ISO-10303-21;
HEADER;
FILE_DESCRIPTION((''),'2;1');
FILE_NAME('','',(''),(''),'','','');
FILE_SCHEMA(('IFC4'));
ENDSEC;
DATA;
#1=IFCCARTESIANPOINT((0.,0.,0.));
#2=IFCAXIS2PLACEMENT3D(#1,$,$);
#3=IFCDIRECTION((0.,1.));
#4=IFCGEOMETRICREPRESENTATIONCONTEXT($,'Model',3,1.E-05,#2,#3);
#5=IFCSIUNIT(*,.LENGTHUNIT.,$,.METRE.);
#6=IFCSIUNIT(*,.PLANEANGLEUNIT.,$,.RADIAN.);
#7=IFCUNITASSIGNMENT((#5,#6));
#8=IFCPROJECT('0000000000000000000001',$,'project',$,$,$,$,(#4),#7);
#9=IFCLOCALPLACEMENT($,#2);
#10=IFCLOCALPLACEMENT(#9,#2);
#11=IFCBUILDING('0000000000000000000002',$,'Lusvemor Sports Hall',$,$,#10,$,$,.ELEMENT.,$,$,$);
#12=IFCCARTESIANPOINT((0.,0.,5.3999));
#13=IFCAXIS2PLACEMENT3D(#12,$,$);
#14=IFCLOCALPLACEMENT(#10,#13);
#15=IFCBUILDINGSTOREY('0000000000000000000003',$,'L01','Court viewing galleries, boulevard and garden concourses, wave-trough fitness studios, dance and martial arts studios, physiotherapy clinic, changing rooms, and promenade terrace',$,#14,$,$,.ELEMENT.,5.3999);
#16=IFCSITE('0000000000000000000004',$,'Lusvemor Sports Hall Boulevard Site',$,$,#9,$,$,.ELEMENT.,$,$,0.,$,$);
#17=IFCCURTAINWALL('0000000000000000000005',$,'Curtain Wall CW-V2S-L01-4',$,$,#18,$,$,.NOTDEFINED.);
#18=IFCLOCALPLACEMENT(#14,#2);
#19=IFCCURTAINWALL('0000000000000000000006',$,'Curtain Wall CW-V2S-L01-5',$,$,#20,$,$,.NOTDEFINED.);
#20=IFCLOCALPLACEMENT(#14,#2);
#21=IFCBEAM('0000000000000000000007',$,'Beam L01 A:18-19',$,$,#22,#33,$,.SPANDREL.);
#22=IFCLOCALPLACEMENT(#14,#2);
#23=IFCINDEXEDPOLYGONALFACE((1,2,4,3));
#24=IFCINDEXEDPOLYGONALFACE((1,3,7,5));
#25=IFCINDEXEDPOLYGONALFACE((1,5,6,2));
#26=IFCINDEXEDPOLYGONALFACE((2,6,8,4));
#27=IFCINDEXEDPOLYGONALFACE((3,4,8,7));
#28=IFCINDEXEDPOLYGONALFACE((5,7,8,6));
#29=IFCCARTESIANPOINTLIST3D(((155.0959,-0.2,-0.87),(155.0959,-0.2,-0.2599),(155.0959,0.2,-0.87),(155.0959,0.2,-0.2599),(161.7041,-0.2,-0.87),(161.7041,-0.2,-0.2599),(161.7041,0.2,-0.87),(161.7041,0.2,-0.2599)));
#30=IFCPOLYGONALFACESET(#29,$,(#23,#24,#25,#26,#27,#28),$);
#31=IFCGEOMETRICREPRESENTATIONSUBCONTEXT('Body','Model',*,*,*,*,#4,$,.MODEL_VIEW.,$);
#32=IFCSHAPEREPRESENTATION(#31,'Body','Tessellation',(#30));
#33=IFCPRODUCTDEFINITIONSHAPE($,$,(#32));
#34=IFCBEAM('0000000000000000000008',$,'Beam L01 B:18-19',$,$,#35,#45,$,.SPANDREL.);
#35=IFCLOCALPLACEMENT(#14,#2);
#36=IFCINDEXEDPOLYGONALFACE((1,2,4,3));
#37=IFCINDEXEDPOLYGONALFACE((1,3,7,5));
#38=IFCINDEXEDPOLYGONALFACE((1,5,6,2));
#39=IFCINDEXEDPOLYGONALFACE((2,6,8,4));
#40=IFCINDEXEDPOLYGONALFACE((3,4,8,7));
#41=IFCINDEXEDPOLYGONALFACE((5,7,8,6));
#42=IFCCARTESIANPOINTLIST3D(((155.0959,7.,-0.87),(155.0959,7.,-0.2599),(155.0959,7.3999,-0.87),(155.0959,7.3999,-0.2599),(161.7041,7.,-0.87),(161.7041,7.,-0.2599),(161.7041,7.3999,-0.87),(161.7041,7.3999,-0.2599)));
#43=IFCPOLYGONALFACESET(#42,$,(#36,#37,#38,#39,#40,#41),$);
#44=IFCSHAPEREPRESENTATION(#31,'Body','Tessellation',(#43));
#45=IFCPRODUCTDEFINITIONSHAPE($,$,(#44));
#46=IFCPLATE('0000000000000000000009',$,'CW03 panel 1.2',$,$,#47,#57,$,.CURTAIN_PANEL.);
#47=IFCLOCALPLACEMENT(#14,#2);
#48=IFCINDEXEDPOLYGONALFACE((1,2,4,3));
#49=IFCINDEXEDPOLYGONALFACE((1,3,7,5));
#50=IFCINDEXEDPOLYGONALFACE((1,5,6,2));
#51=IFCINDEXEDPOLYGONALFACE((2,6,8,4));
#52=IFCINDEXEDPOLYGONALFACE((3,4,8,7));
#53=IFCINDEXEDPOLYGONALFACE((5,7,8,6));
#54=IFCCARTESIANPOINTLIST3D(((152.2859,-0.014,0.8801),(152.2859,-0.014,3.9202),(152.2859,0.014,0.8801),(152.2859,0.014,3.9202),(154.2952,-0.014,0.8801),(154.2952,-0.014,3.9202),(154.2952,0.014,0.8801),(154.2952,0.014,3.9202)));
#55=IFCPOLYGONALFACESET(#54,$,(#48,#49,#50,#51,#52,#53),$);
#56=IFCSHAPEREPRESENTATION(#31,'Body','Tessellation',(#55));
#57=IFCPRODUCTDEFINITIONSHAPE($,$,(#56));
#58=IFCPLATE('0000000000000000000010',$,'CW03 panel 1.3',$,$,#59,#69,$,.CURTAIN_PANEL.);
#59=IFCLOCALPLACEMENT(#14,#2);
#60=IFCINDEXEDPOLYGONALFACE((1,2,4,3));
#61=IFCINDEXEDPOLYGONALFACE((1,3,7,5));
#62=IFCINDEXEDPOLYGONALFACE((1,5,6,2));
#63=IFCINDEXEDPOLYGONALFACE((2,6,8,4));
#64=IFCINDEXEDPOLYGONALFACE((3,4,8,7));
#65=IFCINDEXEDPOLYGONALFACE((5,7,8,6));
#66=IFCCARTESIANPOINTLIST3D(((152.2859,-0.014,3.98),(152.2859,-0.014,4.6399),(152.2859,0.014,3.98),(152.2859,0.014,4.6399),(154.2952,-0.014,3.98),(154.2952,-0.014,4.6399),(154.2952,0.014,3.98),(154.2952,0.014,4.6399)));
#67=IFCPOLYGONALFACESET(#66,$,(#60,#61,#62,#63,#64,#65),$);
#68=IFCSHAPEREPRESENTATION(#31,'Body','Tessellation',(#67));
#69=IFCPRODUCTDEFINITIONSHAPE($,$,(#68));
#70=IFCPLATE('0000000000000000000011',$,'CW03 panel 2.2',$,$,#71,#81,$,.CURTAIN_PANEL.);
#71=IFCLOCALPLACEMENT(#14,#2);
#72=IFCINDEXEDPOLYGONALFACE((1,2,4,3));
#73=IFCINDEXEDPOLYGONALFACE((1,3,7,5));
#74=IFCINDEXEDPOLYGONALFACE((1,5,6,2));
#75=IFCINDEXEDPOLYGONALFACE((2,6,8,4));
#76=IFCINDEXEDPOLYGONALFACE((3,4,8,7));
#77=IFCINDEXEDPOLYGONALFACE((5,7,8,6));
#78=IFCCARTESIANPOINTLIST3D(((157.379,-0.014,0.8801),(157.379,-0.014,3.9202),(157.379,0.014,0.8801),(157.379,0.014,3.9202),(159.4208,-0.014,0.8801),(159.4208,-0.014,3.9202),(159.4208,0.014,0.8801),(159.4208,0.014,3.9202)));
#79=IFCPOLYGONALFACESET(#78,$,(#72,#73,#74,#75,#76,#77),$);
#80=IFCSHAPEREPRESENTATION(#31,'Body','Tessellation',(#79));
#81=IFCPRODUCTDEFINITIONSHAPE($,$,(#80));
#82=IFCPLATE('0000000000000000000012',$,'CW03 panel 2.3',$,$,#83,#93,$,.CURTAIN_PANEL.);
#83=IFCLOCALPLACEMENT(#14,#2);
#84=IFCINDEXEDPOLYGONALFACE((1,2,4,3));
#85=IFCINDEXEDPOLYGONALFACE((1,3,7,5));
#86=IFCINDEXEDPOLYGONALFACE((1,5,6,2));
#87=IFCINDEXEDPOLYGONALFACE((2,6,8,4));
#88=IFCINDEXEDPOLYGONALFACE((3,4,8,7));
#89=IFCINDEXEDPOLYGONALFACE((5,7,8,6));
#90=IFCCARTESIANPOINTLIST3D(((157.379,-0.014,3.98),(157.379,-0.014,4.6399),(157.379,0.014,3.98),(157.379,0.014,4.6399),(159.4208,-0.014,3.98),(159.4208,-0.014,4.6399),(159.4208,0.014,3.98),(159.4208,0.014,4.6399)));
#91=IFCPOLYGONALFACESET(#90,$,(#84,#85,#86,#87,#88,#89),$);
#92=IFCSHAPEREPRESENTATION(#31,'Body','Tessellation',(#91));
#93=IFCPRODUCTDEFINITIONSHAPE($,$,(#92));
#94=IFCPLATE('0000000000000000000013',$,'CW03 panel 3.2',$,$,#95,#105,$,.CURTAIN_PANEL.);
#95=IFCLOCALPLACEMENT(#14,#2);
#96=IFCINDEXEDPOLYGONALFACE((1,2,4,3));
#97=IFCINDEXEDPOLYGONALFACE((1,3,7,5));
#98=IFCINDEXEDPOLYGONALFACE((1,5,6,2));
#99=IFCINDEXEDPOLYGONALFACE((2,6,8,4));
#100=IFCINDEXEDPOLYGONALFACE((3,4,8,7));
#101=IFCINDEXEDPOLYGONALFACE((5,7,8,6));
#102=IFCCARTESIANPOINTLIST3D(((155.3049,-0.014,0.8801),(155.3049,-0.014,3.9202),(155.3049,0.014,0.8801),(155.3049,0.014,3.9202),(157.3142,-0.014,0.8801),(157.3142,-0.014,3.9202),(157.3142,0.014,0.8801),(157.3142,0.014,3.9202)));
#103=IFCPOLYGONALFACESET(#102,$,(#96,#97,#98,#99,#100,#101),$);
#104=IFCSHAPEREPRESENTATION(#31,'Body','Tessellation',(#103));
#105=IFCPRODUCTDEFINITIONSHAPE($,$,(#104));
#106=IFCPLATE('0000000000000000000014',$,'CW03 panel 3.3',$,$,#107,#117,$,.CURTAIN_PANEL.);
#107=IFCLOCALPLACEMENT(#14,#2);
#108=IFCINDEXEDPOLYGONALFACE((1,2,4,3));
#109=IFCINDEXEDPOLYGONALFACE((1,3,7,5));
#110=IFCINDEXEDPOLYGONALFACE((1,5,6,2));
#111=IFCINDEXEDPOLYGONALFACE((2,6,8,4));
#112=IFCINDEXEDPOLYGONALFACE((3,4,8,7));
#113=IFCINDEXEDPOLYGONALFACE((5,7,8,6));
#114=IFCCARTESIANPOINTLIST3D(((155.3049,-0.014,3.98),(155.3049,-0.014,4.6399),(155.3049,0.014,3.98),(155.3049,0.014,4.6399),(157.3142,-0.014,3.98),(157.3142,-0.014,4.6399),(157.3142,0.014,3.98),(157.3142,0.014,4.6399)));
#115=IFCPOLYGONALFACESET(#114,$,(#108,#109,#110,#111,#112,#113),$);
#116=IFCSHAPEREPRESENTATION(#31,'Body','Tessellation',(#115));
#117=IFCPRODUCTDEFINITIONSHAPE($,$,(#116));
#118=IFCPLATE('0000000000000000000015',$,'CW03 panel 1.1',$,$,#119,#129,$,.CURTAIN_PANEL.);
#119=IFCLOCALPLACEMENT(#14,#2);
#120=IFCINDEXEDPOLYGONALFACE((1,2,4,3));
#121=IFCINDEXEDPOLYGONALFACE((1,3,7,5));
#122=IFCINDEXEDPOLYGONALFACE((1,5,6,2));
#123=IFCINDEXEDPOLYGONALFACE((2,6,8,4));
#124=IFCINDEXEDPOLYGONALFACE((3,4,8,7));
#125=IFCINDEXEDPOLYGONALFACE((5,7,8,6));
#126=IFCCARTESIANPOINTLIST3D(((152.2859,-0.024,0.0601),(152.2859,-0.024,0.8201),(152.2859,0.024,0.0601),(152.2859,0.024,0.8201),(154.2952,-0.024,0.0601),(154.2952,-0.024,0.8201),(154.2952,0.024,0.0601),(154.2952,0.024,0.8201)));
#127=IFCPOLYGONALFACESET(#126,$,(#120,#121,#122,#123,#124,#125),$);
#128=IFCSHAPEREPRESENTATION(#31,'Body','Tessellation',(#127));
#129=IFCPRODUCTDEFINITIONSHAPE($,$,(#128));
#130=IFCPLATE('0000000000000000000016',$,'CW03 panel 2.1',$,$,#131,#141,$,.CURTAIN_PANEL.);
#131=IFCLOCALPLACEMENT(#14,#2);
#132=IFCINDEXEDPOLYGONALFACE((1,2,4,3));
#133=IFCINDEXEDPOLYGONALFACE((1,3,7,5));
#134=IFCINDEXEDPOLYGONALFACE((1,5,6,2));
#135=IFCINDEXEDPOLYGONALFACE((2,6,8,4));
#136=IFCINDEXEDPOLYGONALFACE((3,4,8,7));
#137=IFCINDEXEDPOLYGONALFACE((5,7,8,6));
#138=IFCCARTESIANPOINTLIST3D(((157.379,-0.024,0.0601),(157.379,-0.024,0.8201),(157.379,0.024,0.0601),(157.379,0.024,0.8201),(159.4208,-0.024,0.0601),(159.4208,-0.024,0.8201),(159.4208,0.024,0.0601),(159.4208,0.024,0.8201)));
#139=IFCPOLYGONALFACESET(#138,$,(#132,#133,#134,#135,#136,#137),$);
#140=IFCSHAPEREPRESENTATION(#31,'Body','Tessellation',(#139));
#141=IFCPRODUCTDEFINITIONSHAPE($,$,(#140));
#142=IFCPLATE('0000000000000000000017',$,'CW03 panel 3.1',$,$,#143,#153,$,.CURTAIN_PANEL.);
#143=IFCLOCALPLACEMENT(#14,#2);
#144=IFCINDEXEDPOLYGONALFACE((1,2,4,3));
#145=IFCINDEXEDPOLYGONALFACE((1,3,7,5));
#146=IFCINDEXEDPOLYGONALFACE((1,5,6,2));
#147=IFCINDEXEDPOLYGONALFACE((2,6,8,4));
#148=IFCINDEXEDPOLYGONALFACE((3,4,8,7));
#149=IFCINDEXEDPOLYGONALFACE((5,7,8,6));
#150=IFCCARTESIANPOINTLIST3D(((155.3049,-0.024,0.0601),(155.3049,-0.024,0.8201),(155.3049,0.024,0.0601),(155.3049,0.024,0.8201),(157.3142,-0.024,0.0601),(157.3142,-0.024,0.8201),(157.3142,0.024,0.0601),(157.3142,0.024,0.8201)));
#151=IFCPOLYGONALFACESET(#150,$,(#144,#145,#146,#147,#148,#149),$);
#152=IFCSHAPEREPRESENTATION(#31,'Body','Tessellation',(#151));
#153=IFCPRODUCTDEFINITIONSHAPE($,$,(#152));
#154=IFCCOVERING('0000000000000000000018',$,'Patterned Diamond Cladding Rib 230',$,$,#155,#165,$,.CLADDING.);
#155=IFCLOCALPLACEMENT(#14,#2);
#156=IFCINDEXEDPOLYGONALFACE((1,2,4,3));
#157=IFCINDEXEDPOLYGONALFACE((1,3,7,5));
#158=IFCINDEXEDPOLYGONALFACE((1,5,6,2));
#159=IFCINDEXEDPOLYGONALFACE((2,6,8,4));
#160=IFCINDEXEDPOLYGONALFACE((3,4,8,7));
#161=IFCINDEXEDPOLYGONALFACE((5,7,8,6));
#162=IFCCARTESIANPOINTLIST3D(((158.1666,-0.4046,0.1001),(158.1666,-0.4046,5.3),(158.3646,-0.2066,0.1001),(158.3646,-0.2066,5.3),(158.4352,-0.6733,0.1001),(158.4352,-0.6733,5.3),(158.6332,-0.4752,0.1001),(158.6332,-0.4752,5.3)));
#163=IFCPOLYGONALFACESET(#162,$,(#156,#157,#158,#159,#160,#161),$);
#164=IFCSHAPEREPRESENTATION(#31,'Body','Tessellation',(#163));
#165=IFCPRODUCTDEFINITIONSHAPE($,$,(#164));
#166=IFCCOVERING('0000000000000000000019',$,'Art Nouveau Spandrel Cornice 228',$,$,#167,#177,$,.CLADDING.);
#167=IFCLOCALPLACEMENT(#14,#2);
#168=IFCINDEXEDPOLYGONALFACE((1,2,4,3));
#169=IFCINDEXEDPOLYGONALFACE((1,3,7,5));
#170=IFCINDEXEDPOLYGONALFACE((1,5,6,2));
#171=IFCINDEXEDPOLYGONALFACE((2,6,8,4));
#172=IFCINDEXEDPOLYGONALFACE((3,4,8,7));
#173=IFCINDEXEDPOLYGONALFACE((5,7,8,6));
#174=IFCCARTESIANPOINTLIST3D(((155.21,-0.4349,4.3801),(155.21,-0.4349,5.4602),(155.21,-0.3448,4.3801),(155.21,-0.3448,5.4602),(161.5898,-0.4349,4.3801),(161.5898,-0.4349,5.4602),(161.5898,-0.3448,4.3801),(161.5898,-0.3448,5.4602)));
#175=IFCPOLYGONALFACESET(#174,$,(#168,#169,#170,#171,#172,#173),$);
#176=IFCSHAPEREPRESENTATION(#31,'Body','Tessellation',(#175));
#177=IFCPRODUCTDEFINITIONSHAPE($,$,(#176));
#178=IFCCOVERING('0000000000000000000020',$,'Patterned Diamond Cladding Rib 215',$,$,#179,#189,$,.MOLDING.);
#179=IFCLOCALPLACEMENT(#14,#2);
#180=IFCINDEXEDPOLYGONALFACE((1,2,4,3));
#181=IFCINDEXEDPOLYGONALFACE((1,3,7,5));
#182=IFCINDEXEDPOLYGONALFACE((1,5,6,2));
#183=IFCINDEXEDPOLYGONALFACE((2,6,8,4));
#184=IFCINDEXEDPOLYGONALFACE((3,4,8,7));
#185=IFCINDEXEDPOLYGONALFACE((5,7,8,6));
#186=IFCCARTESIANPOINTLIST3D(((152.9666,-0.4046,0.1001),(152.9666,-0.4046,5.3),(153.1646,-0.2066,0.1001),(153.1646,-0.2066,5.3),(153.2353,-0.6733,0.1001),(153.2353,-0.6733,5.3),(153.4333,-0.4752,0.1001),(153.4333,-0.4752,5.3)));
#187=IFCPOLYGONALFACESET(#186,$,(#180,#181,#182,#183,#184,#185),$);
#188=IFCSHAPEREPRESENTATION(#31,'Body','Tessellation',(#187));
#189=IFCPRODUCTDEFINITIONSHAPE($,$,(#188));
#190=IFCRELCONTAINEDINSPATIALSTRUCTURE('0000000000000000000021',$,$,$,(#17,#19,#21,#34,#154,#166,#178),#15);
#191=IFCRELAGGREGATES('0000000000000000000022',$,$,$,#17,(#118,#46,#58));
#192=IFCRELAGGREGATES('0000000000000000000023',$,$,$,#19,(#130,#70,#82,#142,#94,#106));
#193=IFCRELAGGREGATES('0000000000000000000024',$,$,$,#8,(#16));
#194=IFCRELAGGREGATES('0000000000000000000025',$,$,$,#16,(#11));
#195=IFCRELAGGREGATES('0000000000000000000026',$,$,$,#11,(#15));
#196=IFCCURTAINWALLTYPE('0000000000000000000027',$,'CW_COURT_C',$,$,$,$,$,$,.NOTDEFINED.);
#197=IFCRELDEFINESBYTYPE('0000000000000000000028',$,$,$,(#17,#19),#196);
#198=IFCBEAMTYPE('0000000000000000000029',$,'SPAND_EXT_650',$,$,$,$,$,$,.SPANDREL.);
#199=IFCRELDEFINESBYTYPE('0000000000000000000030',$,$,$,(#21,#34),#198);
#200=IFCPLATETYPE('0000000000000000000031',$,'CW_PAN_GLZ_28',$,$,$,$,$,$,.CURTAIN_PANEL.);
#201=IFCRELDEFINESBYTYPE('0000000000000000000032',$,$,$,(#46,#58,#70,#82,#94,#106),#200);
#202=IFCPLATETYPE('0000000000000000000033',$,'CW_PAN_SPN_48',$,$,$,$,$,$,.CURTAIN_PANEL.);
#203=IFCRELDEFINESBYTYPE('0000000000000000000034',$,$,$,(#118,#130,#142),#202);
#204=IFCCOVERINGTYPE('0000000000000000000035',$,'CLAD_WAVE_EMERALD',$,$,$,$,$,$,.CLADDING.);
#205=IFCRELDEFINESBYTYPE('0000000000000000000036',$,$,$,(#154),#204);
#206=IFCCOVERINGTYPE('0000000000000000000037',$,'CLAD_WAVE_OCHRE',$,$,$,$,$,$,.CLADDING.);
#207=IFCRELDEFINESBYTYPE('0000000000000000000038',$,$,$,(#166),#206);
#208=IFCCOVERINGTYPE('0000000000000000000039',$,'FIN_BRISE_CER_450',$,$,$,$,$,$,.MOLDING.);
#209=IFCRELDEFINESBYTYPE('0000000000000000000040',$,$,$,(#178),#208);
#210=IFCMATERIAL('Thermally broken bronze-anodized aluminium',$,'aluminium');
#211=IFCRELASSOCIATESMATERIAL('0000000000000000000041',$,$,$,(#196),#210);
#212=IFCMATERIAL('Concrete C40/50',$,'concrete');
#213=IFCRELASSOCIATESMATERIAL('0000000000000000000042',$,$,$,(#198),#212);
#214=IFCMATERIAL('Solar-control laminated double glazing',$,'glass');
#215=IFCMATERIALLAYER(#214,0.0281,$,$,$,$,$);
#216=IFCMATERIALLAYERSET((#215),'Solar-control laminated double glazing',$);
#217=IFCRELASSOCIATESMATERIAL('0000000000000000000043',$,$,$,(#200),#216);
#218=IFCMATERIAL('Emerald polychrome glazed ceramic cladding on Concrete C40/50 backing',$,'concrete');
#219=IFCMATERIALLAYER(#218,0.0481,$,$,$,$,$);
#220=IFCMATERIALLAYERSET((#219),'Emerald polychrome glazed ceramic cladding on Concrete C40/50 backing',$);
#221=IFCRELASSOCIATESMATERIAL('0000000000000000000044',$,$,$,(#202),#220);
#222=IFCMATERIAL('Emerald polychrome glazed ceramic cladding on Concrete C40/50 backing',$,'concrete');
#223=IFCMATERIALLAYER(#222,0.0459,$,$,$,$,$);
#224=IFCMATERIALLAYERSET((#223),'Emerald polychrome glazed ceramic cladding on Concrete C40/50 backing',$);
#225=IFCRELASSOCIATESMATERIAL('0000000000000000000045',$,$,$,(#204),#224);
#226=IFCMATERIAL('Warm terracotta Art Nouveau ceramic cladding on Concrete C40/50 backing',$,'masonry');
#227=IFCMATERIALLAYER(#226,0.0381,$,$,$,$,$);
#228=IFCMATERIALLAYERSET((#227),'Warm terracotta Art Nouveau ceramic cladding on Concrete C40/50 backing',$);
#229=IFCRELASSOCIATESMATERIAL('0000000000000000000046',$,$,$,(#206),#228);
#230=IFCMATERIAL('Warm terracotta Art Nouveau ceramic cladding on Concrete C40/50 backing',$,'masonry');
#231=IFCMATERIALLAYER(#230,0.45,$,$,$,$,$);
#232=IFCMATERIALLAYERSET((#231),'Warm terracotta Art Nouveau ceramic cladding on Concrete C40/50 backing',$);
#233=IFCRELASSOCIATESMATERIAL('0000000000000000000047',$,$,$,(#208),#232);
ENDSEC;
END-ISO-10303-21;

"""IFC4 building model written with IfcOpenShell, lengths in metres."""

from ifc_helpers import new_model, si_unit, direction, frame, origin, origin_2d, place, context, subcontext, project, spatial, rectangle, extrude, material, layer, layer_set, material_profile, profile_set, type_object, element, aggregate, save


model = new_model("IFC4")

# Units and contexts
model_context = context("Model", 3, precision=1e-05, world=origin(), true_north=direction((0.0, 1.0)))
body_context = subcontext(model_context, "Body", "Model", "MODEL_VIEW")
ifc_project = project(units=[si_unit("LENGTHUNIT", "METRE"), si_unit("PLANEANGLEUNIT", "RADIAN")], contexts=[model_context])

# Site, building, storey
site_placement = place(None, origin())
site = spatial("IfcSite", under=ifc_project, at=site_placement, Name="Lusvemor Sports Hall Boulevard Site", CompositionType="ELEMENT", RefElevation=0.0)
building_placement = place(site_placement, origin())
building = spatial("IfcBuilding", under=site, at=building_placement, Name="Lusvemor Sports Hall", CompositionType="ELEMENT")
storey_placement = place(building_placement, frame((0.0, 0.0, 5.3999)))
storey = spatial("IfcBuildingStorey", under=building, at=storey_placement, Name="L01", Description="Court viewing galleries, boulevard and garden concourses, wave-trough fitness studios, dance and martial arts studios, physiotherapy clinic, changing rooms, and promenade terrace", CompositionType="ELEMENT", Elevation=5.3999)

# Curtain walls
ifc_material_1 = material(Name="Thermally broken bronze-anodized aluminium", Category="aluminium")
curtain_wall_type = type_object("IfcCurtainWallType", Name="CW_COURT_C", PredefinedType="NOTDEFINED", material=ifc_material_1)
curtain_wall_1_placement = place(storey_placement, origin())
curtain_wall_1 = element("IfcCurtainWall", 1, at=curtain_wall_1_placement, inside=storey, type_object=curtain_wall_type, Name="Curtain Wall CW-V2S-L01-4", PredefinedType="NOTDEFINED")
curtain_wall_2_placement = place(storey_placement, origin())
curtain_wall_2 = element("IfcCurtainWall", 2, at=curtain_wall_2_placement, inside=storey, type_object=curtain_wall_type, Name="Curtain Wall CW-V2S-L01-5", PredefinedType="NOTDEFINED")

# Beams
ifc_material_2 = material(Name="Concrete C40/50", Category="concrete")
ifc_material_profile_1 = material_profile(ifc_material_2, rectangle(XDim=0.3999, YDim=0.6101, at=origin_2d()), Name="RC400x610")
ifc_profile_set_1 = profile_set([ifc_material_profile_1], Name="Concrete C40/50")
beam_type_1 = type_object("IfcBeamType", Name="SPAND_EXT_650", PredefinedType="SPANDREL", material=ifc_profile_set_1)
for number, where, z_axis, x_axis, name in (
    (3, (155.0959, 0.0, -0.5649), (1.0, 0.0, 0.0), (0.0, 1.0, 0.0), "Beam L01 A:18-19"),
    (4, (155.0959, 7.2, -0.5649), (1.0, 0.0, 0.0), (0.0, 1.0, 0.0), "Beam L01 B:18-19"),
):
    element("IfcBeam", number, at=place(storey_placement, frame(where, z_axis=z_axis, x_axis=x_axis)), inside=storey, type_object=beam_type_1, Name=name, PredefinedType="SPANDREL", context=body_context, shape_type="SweptSolid", body=[
        extrude(rectangle(XDim=0.3999, YDim=0.6101, at=origin_2d()), origin(), (0.0, 0.0, 1.0), 6.6082),
    ])

# Plates
ifc_material_3 = material(Name="Solar-control laminated double glazing", Category="glass")
ifc_layer_1 = layer(ifc_material_3, 0.0281)
ifc_layer_set_1 = layer_set([ifc_layer_1], Name="Solar-control laminated double glazing")
plate_type_1 = type_object("IfcPlateType", Name="CW_PAN_GLZ_28", PredefinedType="CURTAIN_PANEL", material=ifc_layer_set_1)
plate_1_placement = place(storey_placement, frame((153.2905, 0.0, 0.8801), z_axis=(0.0, 0.0, 1.0), x_axis=(-1.0, 0.0, 0.0)))
plate_1 = element("IfcPlate", 5, at=plate_1_placement, type_object=plate_type_1, Name="CW03 panel 1.2", PredefinedType="CURTAIN_PANEL", context=body_context, shape_type="SweptSolid", body=[
    extrude(rectangle(XDim=2.0093, YDim=0.0281, at=origin_2d()), origin(), (0.0, 0.0, 1.0), 3.04),
])
plate_2_placement = place(storey_placement, frame((153.2905, 0.0, 3.98), z_axis=(0.0, 0.0, 1.0), x_axis=(-1.0, 0.0, 0.0)))
plate_2 = element("IfcPlate", 6, at=plate_2_placement, type_object=plate_type_1, Name="CW03 panel 1.3", PredefinedType="CURTAIN_PANEL", context=body_context, shape_type="SweptSolid", body=[
    extrude(rectangle(XDim=2.0093, YDim=0.0281, at=origin_2d()), origin(), (0.0, 0.0, 1.0), 0.6599),
])
plate_3_placement = place(storey_placement, frame((158.3999, 0.0, 0.8801), z_axis=(0.0, 0.0, 1.0), x_axis=(-1.0, 0.0, 0.0)))
plate_3 = element("IfcPlate", 7, at=plate_3_placement, type_object=plate_type_1, Name="CW03 panel 2.2", PredefinedType="CURTAIN_PANEL", context=body_context, shape_type="SweptSolid", body=[
    extrude(rectangle(XDim=2.0417, YDim=0.0281, at=origin_2d()), origin(), (0.0, 0.0, 1.0), 3.04),
])
plate_4_placement = place(storey_placement, frame((158.3999, 0.0, 3.98), z_axis=(0.0, 0.0, 1.0), x_axis=(-1.0, 0.0, 0.0)))
plate_4 = element("IfcPlate", 8, at=plate_4_placement, type_object=plate_type_1, Name="CW03 panel 2.3", PredefinedType="CURTAIN_PANEL", context=body_context, shape_type="SweptSolid", body=[
    extrude(rectangle(XDim=2.0417, YDim=0.0281, at=origin_2d()), origin(), (0.0, 0.0, 1.0), 0.6599),
])
plate_5_placement = place(storey_placement, frame((156.3096, 0.0, 0.8801), z_axis=(0.0, 0.0, 1.0), x_axis=(-1.0, 0.0, 0.0)))
plate_5 = element("IfcPlate", 9, at=plate_5_placement, type_object=plate_type_1, Name="CW03 panel 3.2", PredefinedType="CURTAIN_PANEL", context=body_context, shape_type="SweptSolid", body=[
    extrude(rectangle(XDim=2.0093, YDim=0.0281, at=origin_2d()), origin(), (0.0, 0.0, 1.0), 3.04),
])
plate_6_placement = place(storey_placement, frame((156.3096, 0.0, 3.98), z_axis=(0.0, 0.0, 1.0), x_axis=(-1.0, 0.0, 0.0)))
plate_6 = element("IfcPlate", 10, at=plate_6_placement, type_object=plate_type_1, Name="CW03 panel 3.3", PredefinedType="CURTAIN_PANEL", context=body_context, shape_type="SweptSolid", body=[
    extrude(rectangle(XDim=2.0093, YDim=0.0281, at=origin_2d()), origin(), (0.0, 0.0, 1.0), 0.6599),
])
ifc_material_4 = material(Name="Emerald polychrome glazed ceramic cladding on Concrete C40/50 backing", Category="concrete")
ifc_layer_2 = layer(ifc_material_4, 0.0481)
ifc_layer_set_2 = layer_set([ifc_layer_2], Name="Emerald polychrome glazed ceramic cladding on Concrete C40/50 backing")
plate_type_2 = type_object("IfcPlateType", Name="CW_PAN_SPN_48", PredefinedType="CURTAIN_PANEL", material=ifc_layer_set_2)
plate_7_placement = place(storey_placement, frame((153.2905, 0.0, 0.0601), z_axis=(0.0, 0.0, 1.0), x_axis=(-1.0, 0.0, 0.0)))
plate_7 = element("IfcPlate", 11, at=plate_7_placement, type_object=plate_type_2, Name="CW03 panel 1.1", PredefinedType="CURTAIN_PANEL", context=body_context, shape_type="SweptSolid", body=[
    extrude(rectangle(XDim=2.0093, YDim=0.0481, at=origin_2d()), origin(), (0.0, 0.0, 1.0), 0.76),
])
aggregate(curtain_wall_1, [plate_7, plate_1, plate_2])
plate_8_placement = place(storey_placement, frame((158.3999, 0.0, 0.0601), z_axis=(0.0, 0.0, 1.0), x_axis=(-1.0, 0.0, 0.0)))
plate_8 = element("IfcPlate", 12, at=plate_8_placement, type_object=plate_type_2, Name="CW03 panel 2.1", PredefinedType="CURTAIN_PANEL", context=body_context, shape_type="SweptSolid", body=[
    extrude(rectangle(XDim=2.0417, YDim=0.0481, at=origin_2d()), origin(), (0.0, 0.0, 1.0), 0.76),
])
plate_9_placement = place(storey_placement, frame((156.3096, 0.0, 0.0601), z_axis=(0.0, 0.0, 1.0), x_axis=(-1.0, 0.0, 0.0)))
plate_9 = element("IfcPlate", 13, at=plate_9_placement, type_object=plate_type_2, Name="CW03 panel 3.1", PredefinedType="CURTAIN_PANEL", context=body_context, shape_type="SweptSolid", body=[
    extrude(rectangle(XDim=2.0093, YDim=0.0481, at=origin_2d()), origin(), (0.0, 0.0, 1.0), 0.76),
])
aggregate(curtain_wall_2, [plate_8, plate_3, plate_4, plate_9, plate_5, plate_6])

# Coverings
ifc_material_5 = material(Name="Emerald polychrome glazed ceramic cladding on Concrete C40/50 backing", Category="concrete")
ifc_layer_3 = layer(ifc_material_5, 0.0459)
ifc_layer_set_3 = layer_set([ifc_layer_3], Name="Emerald polychrome glazed ceramic cladding on Concrete C40/50 backing")
covering_type_1 = type_object("IfcCoveringType", Name="CLAD_WAVE_EMERALD", PredefinedType="CLADDING", material=ifc_layer_set_3)
covering_1_placement = place(storey_placement, frame((158.3999, -0.4399, 0.1001), z_axis=(0.0, 0.0, 1.0), x_axis=(0.707107, 0.707107, 0.0)))
element("IfcCovering", 14, at=covering_1_placement, inside=storey, type_object=covering_type_1, Name="Patterned Diamond Cladding Rib 230", PredefinedType="CLADDING", context=body_context, shape_type="SweptSolid", body=[
    extrude(rectangle(XDim=0.28, YDim=0.3799, at=origin_2d()), origin(), (0.0, 0.0, 1.0), 5.2),
])
ifc_material_6 = material(Name="Warm terracotta Art Nouveau ceramic cladding on Concrete C40/50 backing", Category="masonry")
ifc_layer_4 = layer(ifc_material_6, 0.0381)
ifc_layer_set_4 = layer_set([ifc_layer_4], Name="Warm terracotta Art Nouveau ceramic cladding on Concrete C40/50 backing")
covering_type_2 = type_object("IfcCoveringType", Name="CLAD_WAVE_OCHRE", PredefinedType="CLADDING", material=ifc_layer_set_4)
covering_2_placement = place(storey_placement, frame((158.3999, -0.3899, 4.3801), z_axis=(0.0, 0.0, 1.0), x_axis=(1.0, 0.0, 0.0)))
element("IfcCovering", 15, at=covering_2_placement, inside=storey, type_object=covering_type_2, Name="Art Nouveau Spandrel Cornice 228", PredefinedType="CLADDING", context=body_context, shape_type="SweptSolid", body=[
    extrude(rectangle(XDim=6.3799, YDim=0.0901, at=origin_2d()), origin(), (0.0, 0.0, 1.0), 1.0801),
])
ifc_material_7 = material(Name="Warm terracotta Art Nouveau ceramic cladding on Concrete C40/50 backing", Category="masonry")
ifc_layer_5 = layer(ifc_material_7, 0.45)
ifc_layer_set_5 = layer_set([ifc_layer_5], Name="Warm terracotta Art Nouveau ceramic cladding on Concrete C40/50 backing")
covering_type_3 = type_object("IfcCoveringType", Name="FIN_BRISE_CER_450", PredefinedType="MOLDING", material=ifc_layer_set_5)
for number, where, z_axis, x_axis, name in (
    (16, (153.2, -0.4399, 0.1001), (0.0, 0.0, 1.0), (0.707107, 0.707107, 0.0), "Patterned Diamond Cladding Rib 215"),
):
    element("IfcCovering", number, at=place(storey_placement, frame(where, z_axis=z_axis, x_axis=x_axis)), inside=storey, type_object=covering_type_3, Name=name, PredefinedType="MOLDING", context=body_context, shape_type="SweptSolid", body=[
        extrude(rectangle(XDim=0.28, YDim=0.3799, at=origin_2d()), origin(), (0.0, 0.0, 1.0), 5.2),
    ])

save(model, "model.ifc")
